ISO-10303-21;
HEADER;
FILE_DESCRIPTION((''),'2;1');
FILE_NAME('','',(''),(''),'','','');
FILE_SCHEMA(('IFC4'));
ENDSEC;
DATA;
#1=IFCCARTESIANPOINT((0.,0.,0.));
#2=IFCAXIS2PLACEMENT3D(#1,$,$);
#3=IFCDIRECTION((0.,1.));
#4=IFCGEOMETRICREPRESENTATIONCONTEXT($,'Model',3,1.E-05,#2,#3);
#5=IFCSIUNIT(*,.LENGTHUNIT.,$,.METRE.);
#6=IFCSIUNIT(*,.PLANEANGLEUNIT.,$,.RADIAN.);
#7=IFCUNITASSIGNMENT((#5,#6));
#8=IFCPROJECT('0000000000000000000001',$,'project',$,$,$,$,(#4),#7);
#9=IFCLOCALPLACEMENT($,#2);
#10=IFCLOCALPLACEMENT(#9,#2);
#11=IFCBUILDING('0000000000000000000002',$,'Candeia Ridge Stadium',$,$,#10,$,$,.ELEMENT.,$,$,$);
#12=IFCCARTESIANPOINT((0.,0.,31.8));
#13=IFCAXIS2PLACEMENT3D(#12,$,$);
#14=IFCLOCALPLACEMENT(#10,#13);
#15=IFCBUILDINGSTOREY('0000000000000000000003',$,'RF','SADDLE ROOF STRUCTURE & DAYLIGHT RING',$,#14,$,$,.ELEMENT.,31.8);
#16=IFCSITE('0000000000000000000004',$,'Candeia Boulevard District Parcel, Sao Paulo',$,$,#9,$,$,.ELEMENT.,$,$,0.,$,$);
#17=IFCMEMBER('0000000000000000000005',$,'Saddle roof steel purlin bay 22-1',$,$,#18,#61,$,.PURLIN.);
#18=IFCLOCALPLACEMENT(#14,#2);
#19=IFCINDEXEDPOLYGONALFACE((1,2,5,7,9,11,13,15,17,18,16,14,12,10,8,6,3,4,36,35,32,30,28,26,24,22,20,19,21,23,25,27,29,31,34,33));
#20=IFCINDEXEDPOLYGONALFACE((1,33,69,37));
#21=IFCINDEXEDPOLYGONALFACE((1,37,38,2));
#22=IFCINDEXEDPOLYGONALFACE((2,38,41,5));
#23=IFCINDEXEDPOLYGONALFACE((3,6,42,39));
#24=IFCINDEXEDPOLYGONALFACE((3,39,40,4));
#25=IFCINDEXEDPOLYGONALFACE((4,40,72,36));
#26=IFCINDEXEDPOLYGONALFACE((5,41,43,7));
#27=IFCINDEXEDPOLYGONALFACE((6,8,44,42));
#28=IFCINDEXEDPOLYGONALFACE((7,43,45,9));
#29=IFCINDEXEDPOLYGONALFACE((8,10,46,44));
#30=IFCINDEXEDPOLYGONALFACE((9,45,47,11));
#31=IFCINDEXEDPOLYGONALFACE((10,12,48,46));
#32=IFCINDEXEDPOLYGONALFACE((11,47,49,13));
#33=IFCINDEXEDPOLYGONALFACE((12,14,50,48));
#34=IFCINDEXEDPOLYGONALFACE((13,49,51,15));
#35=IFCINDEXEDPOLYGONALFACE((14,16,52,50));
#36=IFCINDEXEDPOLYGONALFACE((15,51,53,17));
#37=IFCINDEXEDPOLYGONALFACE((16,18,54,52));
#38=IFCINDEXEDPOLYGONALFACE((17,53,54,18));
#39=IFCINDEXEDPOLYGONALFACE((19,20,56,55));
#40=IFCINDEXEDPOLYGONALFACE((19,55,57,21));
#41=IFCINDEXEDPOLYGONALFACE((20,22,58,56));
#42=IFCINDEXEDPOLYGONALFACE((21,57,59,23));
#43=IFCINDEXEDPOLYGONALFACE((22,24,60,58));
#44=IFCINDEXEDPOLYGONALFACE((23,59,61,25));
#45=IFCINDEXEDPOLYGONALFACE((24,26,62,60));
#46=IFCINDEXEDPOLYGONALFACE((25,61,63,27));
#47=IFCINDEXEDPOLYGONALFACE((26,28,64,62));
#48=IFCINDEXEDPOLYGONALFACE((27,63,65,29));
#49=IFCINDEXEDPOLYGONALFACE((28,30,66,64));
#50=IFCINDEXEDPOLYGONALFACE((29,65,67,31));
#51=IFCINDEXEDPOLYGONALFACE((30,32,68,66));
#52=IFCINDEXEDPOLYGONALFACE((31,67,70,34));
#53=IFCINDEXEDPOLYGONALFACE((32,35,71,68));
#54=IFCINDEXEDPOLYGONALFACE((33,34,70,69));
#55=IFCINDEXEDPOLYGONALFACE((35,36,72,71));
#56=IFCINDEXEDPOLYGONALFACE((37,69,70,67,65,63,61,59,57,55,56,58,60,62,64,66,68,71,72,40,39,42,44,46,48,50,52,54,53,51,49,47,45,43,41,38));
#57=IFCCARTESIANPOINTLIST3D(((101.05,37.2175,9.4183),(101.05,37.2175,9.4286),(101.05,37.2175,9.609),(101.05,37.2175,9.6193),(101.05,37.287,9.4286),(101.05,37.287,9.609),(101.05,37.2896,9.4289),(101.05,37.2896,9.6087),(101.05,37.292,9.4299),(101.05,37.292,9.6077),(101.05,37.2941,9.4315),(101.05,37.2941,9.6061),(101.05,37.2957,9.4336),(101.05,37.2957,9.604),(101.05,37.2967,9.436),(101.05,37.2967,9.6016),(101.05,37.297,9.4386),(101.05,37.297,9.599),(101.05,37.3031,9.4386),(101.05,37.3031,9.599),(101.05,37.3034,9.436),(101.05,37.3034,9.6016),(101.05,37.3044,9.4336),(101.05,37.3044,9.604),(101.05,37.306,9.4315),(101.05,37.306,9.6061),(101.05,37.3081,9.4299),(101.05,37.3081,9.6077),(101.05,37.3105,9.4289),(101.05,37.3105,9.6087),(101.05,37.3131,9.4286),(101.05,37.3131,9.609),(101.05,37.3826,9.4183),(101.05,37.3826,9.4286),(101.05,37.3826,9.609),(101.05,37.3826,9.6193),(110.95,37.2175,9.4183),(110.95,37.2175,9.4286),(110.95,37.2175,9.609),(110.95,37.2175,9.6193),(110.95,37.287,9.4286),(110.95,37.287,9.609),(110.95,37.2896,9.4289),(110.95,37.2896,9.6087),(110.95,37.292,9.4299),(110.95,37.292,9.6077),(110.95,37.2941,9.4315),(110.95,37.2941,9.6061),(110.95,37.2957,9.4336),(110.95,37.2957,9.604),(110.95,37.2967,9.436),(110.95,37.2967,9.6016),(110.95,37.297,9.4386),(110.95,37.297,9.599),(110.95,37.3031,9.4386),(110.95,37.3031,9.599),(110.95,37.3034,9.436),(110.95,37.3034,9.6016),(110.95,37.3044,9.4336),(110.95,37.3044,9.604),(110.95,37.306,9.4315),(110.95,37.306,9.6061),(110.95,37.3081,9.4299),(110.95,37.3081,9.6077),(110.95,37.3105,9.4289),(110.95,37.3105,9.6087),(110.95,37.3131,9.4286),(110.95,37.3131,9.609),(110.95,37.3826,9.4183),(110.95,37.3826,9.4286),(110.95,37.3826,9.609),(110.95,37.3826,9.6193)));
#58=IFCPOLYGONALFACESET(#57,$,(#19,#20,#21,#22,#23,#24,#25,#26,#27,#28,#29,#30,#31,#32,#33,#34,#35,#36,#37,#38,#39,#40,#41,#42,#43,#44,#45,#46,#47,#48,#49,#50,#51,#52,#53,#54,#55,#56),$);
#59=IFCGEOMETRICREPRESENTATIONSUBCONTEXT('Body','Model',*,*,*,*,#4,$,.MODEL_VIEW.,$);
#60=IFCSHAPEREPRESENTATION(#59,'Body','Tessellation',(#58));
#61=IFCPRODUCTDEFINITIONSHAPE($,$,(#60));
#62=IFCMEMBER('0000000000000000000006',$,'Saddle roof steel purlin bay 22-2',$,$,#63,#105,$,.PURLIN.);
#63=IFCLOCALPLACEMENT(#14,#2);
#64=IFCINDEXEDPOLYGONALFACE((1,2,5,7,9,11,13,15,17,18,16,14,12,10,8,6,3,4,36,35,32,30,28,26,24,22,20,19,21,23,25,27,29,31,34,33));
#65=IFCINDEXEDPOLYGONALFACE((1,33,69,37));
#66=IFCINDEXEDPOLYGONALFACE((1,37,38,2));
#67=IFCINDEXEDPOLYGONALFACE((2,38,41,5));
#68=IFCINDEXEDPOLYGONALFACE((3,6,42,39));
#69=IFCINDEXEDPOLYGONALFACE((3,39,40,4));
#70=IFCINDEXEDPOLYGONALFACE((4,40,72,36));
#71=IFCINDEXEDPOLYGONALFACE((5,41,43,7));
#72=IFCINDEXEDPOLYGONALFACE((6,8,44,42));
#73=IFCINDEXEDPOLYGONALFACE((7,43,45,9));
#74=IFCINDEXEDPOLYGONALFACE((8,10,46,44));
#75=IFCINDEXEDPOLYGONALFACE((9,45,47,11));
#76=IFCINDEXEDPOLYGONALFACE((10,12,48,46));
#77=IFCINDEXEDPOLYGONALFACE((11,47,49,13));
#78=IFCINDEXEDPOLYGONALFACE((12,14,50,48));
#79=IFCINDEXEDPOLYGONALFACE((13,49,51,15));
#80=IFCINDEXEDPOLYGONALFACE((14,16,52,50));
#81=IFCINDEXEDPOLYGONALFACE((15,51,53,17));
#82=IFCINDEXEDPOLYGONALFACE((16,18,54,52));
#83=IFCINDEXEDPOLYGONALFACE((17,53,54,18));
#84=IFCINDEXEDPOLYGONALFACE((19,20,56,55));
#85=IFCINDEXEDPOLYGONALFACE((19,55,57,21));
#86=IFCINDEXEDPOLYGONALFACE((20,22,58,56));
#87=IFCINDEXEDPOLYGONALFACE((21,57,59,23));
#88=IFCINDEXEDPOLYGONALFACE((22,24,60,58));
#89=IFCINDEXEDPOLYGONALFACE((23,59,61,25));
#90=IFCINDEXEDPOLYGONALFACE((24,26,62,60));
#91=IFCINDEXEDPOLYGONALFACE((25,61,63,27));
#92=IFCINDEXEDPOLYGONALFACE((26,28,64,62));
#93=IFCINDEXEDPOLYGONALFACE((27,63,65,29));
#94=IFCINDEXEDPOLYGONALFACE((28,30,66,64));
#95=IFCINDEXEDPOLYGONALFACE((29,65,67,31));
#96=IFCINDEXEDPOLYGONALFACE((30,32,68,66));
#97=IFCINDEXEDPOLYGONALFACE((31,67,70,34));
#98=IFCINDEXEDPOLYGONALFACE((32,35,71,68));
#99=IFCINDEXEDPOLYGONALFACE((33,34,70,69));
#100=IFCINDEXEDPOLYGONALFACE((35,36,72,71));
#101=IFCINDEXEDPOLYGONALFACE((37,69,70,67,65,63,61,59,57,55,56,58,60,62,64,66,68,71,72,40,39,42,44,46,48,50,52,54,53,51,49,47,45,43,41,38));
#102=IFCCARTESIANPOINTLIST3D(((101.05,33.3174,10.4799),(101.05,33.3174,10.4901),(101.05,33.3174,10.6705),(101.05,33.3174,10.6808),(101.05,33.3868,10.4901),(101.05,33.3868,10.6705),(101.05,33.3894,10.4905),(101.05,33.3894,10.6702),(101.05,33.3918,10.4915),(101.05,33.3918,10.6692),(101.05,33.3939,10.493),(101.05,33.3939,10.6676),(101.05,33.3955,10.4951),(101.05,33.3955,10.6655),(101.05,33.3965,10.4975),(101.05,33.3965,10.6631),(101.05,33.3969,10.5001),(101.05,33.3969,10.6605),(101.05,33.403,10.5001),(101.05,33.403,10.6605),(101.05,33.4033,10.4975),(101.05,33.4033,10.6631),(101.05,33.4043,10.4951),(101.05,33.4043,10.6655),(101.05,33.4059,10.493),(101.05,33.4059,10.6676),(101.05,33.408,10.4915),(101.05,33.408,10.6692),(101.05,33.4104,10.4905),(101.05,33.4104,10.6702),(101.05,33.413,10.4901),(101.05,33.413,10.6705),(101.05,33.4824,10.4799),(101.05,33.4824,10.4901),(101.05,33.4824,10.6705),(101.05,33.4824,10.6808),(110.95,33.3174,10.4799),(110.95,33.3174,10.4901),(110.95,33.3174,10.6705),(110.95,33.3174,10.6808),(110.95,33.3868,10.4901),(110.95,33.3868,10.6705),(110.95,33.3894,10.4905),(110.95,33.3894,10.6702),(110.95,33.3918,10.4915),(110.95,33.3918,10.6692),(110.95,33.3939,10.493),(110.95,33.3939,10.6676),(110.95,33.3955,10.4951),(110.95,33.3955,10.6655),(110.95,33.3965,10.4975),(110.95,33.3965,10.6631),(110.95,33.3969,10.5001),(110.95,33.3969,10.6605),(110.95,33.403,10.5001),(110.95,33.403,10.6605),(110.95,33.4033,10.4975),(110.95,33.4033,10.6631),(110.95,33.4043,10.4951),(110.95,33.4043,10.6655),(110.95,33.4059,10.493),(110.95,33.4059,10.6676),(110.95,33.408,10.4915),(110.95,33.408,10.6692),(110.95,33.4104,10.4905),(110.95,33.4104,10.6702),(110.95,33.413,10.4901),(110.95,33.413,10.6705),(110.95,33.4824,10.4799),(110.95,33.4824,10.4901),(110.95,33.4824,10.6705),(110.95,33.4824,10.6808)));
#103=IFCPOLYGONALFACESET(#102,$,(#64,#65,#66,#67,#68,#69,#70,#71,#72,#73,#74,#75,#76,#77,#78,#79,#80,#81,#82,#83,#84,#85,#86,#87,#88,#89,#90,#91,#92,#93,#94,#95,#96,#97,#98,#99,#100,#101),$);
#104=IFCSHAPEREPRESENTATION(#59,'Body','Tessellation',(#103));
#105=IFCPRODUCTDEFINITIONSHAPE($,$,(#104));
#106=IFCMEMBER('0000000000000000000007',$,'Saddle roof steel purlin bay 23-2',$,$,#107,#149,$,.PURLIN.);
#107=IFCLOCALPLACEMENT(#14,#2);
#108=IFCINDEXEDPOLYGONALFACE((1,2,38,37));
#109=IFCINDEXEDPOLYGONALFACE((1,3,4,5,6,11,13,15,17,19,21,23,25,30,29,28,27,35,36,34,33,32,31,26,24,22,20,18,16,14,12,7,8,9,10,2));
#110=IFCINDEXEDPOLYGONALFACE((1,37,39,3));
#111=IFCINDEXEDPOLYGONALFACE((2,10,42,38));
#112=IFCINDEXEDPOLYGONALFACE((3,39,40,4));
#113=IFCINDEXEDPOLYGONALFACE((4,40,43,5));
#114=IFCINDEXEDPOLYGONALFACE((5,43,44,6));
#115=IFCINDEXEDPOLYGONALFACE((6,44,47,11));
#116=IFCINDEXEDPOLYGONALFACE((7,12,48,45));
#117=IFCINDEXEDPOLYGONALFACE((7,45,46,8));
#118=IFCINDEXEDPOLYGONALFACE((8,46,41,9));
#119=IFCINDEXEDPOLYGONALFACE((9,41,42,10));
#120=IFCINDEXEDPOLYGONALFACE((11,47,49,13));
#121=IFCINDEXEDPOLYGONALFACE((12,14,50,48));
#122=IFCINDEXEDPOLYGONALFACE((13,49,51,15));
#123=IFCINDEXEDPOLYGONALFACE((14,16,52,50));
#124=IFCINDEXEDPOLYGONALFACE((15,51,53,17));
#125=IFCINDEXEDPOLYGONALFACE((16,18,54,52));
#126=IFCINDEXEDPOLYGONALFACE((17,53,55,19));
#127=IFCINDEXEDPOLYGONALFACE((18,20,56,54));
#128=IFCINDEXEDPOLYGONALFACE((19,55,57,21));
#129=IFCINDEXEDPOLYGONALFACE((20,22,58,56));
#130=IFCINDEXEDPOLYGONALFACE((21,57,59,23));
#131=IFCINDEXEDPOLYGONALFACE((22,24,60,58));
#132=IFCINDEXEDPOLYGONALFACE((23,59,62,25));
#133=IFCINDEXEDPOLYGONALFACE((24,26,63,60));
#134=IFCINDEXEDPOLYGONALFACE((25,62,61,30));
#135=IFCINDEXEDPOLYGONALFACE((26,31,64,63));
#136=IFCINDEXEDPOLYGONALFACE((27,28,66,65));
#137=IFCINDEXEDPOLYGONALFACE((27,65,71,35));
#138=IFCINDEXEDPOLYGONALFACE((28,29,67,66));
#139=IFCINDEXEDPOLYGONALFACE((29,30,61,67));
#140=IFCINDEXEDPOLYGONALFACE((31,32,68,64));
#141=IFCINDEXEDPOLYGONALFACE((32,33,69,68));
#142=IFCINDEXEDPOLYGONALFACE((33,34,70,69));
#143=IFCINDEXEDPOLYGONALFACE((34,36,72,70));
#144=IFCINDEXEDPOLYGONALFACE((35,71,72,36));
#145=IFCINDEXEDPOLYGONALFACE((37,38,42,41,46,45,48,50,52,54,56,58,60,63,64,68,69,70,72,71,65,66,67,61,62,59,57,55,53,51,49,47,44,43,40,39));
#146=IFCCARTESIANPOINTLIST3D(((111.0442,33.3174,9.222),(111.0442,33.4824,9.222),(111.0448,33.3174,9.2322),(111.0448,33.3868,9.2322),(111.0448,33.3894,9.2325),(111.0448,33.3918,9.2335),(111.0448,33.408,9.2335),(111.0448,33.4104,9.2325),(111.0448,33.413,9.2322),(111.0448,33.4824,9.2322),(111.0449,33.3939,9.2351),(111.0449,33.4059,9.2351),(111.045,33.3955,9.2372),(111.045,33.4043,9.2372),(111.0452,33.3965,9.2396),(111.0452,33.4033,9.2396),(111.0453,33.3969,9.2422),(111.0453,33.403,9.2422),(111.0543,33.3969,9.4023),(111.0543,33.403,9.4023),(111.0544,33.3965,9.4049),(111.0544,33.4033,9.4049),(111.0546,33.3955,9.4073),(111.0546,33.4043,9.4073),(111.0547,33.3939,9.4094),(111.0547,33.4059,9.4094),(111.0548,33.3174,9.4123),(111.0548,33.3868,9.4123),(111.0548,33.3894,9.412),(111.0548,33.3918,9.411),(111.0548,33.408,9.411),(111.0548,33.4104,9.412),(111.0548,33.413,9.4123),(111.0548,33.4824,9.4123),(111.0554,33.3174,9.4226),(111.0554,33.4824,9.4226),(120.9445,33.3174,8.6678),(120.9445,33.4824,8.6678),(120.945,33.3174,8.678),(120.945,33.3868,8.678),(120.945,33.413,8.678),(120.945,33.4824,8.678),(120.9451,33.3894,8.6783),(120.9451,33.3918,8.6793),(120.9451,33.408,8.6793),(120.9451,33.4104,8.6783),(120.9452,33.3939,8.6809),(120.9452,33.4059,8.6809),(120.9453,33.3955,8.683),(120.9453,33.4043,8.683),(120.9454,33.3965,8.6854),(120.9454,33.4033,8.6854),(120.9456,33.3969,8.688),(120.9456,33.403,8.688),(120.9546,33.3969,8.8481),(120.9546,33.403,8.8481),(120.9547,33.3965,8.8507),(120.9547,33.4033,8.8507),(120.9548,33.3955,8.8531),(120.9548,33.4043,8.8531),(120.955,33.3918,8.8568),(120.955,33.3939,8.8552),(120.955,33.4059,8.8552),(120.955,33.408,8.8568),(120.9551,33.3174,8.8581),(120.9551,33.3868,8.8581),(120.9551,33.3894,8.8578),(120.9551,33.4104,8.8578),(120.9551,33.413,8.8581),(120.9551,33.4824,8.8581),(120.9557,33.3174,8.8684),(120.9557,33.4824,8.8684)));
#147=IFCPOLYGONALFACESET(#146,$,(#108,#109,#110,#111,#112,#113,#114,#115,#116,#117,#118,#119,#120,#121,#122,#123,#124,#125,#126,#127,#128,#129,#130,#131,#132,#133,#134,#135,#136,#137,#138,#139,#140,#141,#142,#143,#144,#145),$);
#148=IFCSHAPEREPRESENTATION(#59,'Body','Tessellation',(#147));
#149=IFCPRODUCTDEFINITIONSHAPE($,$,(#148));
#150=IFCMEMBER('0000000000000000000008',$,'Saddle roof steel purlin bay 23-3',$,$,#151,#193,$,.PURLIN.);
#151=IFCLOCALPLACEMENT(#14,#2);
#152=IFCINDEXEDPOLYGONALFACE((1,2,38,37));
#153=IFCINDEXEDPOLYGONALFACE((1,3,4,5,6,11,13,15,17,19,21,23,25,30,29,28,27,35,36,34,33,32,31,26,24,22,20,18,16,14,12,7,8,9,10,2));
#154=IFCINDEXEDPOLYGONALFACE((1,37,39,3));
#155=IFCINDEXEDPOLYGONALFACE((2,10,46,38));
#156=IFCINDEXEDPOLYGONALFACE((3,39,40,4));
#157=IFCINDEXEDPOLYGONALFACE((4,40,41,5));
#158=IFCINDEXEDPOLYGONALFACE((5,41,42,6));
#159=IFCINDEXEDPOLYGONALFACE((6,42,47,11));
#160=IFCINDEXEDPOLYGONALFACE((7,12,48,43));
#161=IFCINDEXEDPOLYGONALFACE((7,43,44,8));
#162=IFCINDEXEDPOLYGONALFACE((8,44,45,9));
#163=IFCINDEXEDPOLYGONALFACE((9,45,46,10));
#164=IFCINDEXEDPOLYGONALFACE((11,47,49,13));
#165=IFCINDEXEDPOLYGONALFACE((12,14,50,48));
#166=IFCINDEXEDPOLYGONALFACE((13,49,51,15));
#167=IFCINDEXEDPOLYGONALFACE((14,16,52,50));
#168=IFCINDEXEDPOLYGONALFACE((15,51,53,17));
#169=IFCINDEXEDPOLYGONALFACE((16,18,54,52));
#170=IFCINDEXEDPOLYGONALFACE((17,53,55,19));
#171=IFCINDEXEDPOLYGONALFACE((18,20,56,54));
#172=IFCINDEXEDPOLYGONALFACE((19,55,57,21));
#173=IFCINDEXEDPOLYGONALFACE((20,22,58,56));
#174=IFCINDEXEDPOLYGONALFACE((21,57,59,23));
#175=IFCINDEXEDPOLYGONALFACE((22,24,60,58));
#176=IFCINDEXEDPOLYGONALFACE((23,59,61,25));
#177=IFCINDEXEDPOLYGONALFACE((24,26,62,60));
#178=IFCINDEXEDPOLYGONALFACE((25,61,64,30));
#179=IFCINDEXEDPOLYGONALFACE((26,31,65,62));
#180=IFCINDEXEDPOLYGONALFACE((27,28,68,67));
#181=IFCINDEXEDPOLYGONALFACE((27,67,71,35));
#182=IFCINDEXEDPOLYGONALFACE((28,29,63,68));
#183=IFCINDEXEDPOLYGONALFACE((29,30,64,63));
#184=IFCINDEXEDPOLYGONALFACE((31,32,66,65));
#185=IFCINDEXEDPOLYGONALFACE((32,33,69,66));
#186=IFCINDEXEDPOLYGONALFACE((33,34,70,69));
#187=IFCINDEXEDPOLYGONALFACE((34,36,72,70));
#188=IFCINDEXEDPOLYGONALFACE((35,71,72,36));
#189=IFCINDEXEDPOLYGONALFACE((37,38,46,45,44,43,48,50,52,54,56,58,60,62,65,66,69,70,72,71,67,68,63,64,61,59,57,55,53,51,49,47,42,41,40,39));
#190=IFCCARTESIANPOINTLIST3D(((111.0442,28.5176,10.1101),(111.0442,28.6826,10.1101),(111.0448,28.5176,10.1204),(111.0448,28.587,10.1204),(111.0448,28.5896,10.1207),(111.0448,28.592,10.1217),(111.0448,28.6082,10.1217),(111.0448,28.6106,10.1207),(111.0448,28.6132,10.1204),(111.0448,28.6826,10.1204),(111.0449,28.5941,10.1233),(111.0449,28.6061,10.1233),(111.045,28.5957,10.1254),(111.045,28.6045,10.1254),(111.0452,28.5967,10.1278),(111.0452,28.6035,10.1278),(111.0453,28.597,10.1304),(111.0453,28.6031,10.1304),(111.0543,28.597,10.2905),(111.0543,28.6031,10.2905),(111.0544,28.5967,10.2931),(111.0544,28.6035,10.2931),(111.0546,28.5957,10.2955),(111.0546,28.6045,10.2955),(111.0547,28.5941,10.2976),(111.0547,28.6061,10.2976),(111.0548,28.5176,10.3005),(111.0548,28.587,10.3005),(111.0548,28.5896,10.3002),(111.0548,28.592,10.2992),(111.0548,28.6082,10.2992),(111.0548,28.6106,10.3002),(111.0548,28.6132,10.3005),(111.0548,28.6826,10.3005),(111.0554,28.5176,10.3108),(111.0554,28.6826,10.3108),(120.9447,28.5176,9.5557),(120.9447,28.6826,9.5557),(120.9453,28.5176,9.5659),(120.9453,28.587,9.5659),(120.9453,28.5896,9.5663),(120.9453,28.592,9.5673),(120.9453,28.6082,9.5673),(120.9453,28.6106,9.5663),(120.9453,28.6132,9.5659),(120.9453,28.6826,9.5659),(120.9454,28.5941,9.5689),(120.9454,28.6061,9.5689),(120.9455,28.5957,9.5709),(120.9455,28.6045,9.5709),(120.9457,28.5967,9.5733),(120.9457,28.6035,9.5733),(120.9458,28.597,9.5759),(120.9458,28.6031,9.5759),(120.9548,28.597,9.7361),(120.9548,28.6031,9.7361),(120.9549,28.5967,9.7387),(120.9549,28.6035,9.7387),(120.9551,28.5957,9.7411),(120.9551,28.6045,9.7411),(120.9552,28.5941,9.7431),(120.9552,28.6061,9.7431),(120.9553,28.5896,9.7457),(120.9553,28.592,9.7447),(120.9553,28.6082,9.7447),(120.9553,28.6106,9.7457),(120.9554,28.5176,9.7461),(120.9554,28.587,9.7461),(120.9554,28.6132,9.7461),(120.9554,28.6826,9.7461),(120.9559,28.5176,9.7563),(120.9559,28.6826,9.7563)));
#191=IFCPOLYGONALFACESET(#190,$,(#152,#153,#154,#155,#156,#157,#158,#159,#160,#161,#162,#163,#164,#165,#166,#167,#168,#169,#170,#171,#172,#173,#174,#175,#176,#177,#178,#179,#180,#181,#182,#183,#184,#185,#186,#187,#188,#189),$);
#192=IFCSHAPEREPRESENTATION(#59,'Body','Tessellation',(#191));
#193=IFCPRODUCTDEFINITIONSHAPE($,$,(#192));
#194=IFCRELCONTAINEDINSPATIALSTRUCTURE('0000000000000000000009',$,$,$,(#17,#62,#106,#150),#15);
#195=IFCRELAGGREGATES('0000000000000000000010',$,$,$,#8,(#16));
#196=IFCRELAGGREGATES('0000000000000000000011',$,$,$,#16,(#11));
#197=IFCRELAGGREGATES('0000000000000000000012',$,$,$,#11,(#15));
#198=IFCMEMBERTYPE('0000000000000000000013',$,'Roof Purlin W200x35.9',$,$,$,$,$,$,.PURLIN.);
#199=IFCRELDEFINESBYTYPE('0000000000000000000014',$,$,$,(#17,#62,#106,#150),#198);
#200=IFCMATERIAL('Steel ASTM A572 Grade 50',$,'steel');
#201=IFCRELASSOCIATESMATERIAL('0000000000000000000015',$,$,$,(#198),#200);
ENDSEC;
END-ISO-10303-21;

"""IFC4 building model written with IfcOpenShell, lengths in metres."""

from ifc_helpers import new_model, si_unit, direction, frame, origin, origin_2d, place, context, subcontext, project, spatial, i_section, extrude, material, material_profile, profile_set, type_object, element, save


model = new_model("IFC4")

# Units and contexts
model_context = context("Model", 3, precision=1e-05, world=origin(), true_north=direction((0.0, 1.0)))
body_context = subcontext(model_context, "Body", "Model", "MODEL_VIEW")
ifc_project = project(units=[si_unit("LENGTHUNIT", "METRE"), si_unit("PLANEANGLEUNIT", "RADIAN")], contexts=[model_context])

# Site, building, storey
site_placement = place(None, origin())
site = spatial("IfcSite", under=ifc_project, at=site_placement, Name="Candeia Boulevard District Parcel, Sao Paulo", CompositionType="ELEMENT", RefElevation=0.0)
building_placement = place(site_placement, origin())
building = spatial("IfcBuilding", under=site, at=building_placement, Name="Candeia Ridge Stadium", CompositionType="ELEMENT")
storey_placement = place(building_placement, frame((0.0, 0.0, 31.8)))
storey = spatial("IfcBuildingStorey", under=building, at=storey_placement, Name="RF", Description="SADDLE ROOF STRUCTURE & DAYLIGHT RING", CompositionType="ELEMENT", Elevation=31.8)

# Shared definitions
ifc_material_1 = material(Name="Steel ASTM A572 Grade 50", Category="steel")

# Members
ifc_material_profile_1 = material_profile(ifc_material_1, i_section(OverallWidth=0.165, OverallDepth=0.2009, WebThickness=0.0061, FlangeThickness=0.0103, FilletRadius=0.01, at=origin_2d()), Name="W200x35.9", Category="steel")
ifc_profile_set_1 = profile_set([ifc_material_profile_1], Name="Steel ASTM A572 Grade 50")
member_type_1 = type_object("IfcMemberType", Name="Roof Purlin W200x35.9", PredefinedType="PURLIN", material=ifc_profile_set_1)
for number, where, z_axis, x_axis, name in (
    (1, (101.05, 37.3, 9.5188), (1.0, 0.0, 0.0), (0.0, 1.0, 0.0), "Saddle roof steel purlin bay 22-1"),
    (2, (101.05, 33.3999, 10.5803), (1.0, 0.0, 0.0), (0.0, 1.0, 0.0), "Saddle roof steel purlin bay 22-2"),
):
    element("IfcMember", number, at=place(storey_placement, frame(where, z_axis=z_axis, x_axis=x_axis)), inside=storey, type_object=member_type_1, Name=name, PredefinedType="PURLIN", context=body_context, shape_type="SweptSolid", body=[
        extrude(i_section(OverallWidth=0.165, OverallDepth=0.2009, WebThickness=0.0061, FlangeThickness=0.0103, FilletRadius=0.01, at=origin_2d()), origin(), (0.0, 0.0, 1.0), 9.8999),
    ])
member_1_placement = place(storey_placement, frame((111.0498, 33.3999, 9.3223), z_axis=(0.998437, 0.0, -0.05589), x_axis=(0.0, 1.0, 0.0)))
element("IfcMember", 3, at=member_1_placement, inside=storey, type_object=member_type_1, Name="Saddle roof steel purlin bay 23-2", PredefinedType="PURLIN", context=body_context, shape_type="SweptSolid", body=[
    extrude(i_section(OverallWidth=0.165, OverallDepth=0.2009, WebThickness=0.0061, FlangeThickness=0.0103, FilletRadius=0.01, at=origin_2d()), origin(), (0.0, 0.0, 1.0), 9.9158),
])
member_2_placement = place(storey_placement, frame((111.0498, 28.6001, 10.2104), z_axis=(0.998436, 0.0, -0.055915), x_axis=(0.0, 1.0, 0.0)))
element("IfcMember", 4, at=member_2_placement, inside=storey, type_object=member_type_1, Name="Saddle roof steel purlin bay 23-3", PredefinedType="PURLIN", context=body_context, shape_type="SweptSolid", body=[
    extrude(i_section(OverallWidth=0.165, OverallDepth=0.2009, WebThickness=0.0061, FlangeThickness=0.0103, FilletRadius=0.01, at=origin_2d()), origin(), (0.0, 0.0, 1.0), 9.916),
])

save(model, "model.ifc")
